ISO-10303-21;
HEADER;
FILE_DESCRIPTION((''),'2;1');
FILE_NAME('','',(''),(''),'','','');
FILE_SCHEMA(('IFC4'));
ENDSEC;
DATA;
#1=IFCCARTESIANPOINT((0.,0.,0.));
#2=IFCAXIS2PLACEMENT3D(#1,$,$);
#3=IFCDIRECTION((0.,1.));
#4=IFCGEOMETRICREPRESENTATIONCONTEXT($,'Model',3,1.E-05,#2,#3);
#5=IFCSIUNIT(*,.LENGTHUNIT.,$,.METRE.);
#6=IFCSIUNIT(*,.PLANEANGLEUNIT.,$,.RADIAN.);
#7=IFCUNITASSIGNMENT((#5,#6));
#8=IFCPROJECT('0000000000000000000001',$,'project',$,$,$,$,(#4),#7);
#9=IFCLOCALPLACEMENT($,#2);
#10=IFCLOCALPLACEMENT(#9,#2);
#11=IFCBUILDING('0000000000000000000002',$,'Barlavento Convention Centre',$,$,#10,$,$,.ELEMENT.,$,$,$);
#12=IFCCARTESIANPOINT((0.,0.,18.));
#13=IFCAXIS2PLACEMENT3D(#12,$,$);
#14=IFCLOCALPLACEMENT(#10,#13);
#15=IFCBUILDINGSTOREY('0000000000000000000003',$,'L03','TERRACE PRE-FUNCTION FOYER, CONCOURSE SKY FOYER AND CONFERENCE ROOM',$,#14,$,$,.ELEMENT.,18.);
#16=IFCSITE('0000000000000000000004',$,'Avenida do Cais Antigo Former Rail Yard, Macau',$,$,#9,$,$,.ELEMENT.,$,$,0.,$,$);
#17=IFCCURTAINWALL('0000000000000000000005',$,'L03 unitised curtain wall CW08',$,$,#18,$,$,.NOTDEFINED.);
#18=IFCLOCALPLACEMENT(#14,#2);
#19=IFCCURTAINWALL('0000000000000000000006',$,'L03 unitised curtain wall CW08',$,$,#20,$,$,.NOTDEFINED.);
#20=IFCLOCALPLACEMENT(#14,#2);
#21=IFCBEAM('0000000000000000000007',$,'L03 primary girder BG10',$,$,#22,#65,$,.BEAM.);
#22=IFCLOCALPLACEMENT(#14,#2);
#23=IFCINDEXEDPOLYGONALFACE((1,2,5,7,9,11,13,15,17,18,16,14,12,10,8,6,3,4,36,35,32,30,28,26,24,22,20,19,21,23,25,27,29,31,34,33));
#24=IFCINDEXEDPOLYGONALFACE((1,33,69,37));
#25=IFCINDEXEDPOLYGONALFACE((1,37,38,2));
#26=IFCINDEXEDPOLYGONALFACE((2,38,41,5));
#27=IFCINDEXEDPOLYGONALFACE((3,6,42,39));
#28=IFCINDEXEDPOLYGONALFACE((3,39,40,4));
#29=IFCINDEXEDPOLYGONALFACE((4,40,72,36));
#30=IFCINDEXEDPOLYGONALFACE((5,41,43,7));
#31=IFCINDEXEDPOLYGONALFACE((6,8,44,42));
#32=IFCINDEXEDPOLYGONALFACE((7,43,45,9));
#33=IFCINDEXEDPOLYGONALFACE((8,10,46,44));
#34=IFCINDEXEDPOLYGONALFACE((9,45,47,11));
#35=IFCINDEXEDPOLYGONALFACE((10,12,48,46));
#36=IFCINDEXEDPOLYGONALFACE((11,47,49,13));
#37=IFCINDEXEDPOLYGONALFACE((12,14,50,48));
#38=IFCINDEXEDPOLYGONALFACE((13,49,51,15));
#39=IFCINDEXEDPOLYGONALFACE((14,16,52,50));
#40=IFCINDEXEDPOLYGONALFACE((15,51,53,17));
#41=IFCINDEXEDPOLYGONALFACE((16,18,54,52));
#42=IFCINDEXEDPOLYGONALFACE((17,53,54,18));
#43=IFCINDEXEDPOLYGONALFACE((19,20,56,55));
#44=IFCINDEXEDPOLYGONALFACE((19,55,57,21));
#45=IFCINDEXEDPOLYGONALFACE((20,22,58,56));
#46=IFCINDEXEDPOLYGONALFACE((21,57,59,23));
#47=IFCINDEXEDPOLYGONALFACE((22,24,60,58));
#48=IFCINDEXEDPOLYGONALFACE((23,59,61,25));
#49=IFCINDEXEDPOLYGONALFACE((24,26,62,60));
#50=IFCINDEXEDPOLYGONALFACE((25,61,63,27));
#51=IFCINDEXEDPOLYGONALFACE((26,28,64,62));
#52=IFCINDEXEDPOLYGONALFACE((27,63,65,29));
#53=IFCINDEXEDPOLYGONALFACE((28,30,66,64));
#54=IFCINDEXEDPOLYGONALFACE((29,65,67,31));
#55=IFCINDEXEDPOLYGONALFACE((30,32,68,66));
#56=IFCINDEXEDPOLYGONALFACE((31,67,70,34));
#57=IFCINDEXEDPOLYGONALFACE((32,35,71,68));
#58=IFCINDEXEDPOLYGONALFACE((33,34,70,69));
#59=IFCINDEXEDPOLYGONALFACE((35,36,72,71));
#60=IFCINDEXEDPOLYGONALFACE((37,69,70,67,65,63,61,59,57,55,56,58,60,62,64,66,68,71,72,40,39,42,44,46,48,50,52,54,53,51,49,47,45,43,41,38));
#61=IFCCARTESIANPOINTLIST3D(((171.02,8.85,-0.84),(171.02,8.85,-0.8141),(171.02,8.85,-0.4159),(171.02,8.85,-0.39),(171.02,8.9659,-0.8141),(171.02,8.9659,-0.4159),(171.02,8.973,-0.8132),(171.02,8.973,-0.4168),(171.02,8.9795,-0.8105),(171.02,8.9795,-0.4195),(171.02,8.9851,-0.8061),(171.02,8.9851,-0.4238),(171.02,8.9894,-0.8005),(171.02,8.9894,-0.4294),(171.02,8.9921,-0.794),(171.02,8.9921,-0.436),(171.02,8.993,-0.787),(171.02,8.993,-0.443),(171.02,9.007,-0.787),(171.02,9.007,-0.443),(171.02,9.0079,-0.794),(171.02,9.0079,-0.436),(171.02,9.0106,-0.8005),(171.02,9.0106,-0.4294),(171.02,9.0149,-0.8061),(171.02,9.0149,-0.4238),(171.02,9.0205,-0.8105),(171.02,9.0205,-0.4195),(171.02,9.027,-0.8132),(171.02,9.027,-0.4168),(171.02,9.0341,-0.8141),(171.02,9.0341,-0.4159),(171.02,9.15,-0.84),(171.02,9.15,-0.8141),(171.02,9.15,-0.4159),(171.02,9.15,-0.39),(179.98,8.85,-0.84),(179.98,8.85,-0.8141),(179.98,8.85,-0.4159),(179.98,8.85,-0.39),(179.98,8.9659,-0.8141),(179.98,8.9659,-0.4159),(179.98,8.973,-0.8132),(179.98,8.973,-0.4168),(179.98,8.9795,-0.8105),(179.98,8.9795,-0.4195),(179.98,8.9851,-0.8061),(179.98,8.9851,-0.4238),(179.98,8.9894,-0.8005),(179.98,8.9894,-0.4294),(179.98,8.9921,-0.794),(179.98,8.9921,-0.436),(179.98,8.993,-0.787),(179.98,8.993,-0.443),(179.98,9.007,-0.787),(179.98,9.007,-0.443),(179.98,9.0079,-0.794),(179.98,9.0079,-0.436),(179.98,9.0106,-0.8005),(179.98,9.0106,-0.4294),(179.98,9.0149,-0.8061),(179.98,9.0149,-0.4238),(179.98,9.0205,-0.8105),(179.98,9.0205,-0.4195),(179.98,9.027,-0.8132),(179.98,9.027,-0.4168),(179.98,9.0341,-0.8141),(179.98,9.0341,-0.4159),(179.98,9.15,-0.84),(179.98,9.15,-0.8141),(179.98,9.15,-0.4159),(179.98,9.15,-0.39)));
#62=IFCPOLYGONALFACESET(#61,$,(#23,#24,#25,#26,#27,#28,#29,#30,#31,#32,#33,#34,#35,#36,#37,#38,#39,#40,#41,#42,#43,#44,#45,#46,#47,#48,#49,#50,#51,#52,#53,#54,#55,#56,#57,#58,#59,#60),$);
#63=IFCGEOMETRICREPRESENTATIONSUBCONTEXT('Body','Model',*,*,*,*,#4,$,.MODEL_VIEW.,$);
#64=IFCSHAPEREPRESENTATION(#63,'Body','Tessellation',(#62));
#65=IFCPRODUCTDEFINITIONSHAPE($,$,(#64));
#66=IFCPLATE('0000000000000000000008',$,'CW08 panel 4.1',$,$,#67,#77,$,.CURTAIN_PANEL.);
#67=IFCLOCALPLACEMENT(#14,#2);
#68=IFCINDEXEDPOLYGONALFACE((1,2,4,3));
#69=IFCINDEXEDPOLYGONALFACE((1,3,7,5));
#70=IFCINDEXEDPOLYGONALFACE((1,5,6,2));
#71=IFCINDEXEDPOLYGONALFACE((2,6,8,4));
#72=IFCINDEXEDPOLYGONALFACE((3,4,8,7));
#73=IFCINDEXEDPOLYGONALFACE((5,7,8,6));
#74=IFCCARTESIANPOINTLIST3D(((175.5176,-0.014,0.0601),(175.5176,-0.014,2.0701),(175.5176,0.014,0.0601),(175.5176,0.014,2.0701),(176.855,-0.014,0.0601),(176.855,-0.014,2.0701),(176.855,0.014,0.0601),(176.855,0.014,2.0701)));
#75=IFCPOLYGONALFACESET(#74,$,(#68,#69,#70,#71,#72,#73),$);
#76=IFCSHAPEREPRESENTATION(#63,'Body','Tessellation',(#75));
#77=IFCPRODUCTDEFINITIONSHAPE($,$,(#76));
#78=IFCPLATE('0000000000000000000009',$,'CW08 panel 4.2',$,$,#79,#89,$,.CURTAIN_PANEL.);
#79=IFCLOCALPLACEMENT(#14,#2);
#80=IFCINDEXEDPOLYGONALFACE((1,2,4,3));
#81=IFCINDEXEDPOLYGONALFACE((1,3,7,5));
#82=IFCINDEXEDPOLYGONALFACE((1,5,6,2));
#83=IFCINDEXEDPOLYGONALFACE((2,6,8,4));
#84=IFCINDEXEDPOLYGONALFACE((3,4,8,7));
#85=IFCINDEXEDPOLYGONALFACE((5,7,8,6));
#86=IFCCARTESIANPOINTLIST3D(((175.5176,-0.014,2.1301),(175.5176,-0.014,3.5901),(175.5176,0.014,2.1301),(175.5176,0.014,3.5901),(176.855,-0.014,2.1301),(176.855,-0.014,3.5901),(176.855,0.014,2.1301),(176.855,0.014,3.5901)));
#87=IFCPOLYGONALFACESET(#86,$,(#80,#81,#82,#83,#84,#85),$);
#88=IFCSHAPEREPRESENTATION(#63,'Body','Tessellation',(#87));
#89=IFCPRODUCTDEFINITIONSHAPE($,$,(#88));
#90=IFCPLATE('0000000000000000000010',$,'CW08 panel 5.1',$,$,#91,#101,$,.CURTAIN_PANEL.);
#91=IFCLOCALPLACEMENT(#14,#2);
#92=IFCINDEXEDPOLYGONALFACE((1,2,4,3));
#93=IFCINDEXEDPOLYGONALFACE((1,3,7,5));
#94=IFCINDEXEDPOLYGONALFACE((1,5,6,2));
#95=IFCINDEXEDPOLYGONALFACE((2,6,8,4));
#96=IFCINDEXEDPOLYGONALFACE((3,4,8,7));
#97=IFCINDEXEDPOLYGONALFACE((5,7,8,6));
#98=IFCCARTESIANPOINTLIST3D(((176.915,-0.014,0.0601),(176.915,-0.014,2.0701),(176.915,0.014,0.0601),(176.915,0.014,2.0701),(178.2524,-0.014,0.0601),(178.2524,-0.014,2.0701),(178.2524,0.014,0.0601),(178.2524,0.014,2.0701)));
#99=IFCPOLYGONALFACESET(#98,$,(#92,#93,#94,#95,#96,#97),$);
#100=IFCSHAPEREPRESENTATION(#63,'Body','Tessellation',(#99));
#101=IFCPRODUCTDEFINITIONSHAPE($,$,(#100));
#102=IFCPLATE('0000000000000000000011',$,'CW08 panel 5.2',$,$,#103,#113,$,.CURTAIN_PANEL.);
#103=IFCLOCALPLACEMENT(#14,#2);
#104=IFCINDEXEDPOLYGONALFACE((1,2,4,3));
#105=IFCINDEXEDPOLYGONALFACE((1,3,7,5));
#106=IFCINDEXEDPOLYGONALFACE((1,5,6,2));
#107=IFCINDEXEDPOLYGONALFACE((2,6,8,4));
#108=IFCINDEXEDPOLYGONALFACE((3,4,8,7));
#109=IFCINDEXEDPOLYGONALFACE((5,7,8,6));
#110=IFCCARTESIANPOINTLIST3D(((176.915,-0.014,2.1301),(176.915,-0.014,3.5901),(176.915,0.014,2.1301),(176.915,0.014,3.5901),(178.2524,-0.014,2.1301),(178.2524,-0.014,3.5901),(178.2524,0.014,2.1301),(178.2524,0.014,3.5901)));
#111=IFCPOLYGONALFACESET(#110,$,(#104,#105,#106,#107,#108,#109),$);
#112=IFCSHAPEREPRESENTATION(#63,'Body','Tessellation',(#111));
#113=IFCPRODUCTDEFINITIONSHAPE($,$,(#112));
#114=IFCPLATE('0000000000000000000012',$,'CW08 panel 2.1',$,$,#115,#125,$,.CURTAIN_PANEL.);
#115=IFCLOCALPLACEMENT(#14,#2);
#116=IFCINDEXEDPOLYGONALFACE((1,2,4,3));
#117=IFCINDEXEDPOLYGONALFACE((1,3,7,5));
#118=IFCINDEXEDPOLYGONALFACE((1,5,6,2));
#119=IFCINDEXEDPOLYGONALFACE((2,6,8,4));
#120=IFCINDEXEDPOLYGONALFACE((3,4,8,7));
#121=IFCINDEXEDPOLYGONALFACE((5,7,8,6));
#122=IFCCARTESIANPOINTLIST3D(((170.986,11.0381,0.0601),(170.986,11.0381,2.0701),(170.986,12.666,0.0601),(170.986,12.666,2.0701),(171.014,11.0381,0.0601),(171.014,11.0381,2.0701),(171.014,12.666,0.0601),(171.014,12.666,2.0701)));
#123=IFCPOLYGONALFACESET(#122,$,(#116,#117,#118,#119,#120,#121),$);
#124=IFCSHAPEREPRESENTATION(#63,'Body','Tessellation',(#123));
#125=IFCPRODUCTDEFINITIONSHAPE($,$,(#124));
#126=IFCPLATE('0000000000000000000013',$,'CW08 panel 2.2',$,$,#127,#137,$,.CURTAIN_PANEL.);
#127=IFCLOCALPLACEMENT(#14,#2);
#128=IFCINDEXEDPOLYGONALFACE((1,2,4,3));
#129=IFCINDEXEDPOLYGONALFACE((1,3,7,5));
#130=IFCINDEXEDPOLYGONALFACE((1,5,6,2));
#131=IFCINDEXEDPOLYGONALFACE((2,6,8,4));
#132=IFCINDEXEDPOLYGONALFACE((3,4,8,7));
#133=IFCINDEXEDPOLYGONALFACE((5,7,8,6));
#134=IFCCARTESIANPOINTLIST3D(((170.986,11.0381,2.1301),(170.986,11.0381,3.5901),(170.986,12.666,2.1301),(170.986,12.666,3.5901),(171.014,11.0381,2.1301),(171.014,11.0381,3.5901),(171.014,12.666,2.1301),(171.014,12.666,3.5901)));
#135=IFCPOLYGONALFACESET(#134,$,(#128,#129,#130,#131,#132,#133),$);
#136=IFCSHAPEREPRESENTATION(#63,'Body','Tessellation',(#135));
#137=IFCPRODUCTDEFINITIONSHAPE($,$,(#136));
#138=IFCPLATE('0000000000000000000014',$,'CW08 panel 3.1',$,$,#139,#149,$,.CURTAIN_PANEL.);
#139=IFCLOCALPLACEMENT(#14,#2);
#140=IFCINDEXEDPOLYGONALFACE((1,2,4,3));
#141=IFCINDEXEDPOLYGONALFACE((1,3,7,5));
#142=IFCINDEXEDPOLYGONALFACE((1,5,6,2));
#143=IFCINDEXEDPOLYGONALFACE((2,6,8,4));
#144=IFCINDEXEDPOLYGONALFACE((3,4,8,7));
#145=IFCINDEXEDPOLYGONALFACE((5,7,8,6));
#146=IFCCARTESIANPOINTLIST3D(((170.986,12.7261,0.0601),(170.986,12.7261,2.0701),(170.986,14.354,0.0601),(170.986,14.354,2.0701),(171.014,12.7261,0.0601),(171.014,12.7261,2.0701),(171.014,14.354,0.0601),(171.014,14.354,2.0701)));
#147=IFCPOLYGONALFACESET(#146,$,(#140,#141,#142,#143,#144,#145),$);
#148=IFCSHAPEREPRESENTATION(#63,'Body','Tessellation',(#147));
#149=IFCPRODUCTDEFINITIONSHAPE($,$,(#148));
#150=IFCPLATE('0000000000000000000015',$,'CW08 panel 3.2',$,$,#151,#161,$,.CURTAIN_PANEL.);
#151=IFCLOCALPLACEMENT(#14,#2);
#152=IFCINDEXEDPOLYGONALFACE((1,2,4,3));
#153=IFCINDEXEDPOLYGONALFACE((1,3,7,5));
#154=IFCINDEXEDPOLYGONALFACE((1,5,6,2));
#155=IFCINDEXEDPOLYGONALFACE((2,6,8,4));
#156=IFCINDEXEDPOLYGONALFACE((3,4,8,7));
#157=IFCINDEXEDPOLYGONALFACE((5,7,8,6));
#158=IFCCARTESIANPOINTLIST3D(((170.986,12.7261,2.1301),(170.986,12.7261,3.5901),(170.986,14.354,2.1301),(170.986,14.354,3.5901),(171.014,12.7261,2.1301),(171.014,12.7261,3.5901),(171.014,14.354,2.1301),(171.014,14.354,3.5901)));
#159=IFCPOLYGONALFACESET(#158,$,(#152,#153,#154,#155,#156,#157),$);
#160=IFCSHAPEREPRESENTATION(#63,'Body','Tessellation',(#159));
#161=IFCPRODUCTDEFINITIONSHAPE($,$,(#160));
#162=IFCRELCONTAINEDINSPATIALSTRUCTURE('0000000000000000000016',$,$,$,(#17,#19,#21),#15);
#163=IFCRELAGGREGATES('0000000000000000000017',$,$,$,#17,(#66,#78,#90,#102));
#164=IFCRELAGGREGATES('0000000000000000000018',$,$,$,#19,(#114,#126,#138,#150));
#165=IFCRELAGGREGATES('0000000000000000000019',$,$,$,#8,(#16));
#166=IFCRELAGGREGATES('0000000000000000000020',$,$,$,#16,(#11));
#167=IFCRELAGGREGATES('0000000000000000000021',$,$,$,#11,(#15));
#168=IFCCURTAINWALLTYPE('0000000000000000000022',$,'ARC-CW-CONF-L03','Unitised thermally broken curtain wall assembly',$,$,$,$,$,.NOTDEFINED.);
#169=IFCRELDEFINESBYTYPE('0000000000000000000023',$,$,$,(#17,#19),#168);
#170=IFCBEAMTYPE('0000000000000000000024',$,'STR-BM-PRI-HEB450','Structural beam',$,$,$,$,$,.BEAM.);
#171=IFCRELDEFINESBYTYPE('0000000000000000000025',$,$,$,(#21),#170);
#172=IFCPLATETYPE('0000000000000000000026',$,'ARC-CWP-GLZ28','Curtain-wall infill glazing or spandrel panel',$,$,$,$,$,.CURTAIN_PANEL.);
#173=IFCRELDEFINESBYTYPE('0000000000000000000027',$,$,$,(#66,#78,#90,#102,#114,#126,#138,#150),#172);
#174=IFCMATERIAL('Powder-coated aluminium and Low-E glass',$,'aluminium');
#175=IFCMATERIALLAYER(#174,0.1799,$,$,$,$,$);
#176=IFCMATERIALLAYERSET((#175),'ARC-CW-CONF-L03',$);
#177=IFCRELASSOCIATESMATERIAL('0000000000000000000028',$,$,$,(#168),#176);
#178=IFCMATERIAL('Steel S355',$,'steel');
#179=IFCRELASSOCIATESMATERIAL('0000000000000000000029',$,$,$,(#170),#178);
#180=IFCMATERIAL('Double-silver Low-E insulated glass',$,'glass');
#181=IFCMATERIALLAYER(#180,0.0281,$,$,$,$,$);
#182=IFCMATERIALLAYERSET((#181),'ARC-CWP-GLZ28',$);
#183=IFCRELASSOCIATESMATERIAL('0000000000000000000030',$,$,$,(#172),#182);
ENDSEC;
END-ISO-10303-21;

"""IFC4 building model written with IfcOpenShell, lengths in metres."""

from ifc_helpers import new_model, si_unit, direction, frame, origin, origin_2d, place, context, subcontext, project, spatial, rectangle, i_section, extrude, material, layer, layer_set, material_profile, profile_set, type_object, element, aggregate, save


model = new_model("IFC4")

# Units and contexts
model_context = context("Model", 3, precision=1e-05, world=origin(), true_north=direction((0.0, 1.0)))
body_context = subcontext(model_context, "Body", "Model", "MODEL_VIEW")
ifc_project = project(units=[si_unit("LENGTHUNIT", "METRE"), si_unit("PLANEANGLEUNIT", "RADIAN")], contexts=[model_context])

# Site, building, storey
site_placement = place(None, origin())
site = spatial("IfcSite", under=ifc_project, at=site_placement, Name="Avenida do Cais Antigo Former Rail Yard, Macau", CompositionType="ELEMENT", RefElevation=0.0)
building_placement = place(site_placement, origin())
building = spatial("IfcBuilding", under=site, at=building_placement, Name="Barlavento Convention Centre", CompositionType="ELEMENT")
storey_placement = place(building_placement, frame((0.0, 0.0, 18.0)))
storey = spatial("IfcBuildingStorey", under=building, at=storey_placement, Name="L03", Description="TERRACE PRE-FUNCTION FOYER, CONCOURSE SKY FOYER AND CONFERENCE ROOM", CompositionType="ELEMENT", Elevation=18.0)

# Curtain walls
ifc_material_1 = material(Name="Powder-coated aluminium and Low-E glass", Category="aluminium")
ifc_layer_1 = layer(ifc_material_1, 0.1799)
ifc_layer_set_1 = layer_set([ifc_layer_1], Name="ARC-CW-CONF-L03")
curtain_wall_type = type_object("IfcCurtainWallType", Name="ARC-CW-CONF-L03", Description="Unitised thermally broken curtain wall assembly", PredefinedType="NOTDEFINED", material=ifc_layer_set_1)
curtain_wall_1_placement = place(storey_placement, origin())
curtain_wall_1 = element("IfcCurtainWall", 1, at=curtain_wall_1_placement, inside=storey, type_object=curtain_wall_type, Name="L03 unitised curtain wall CW08", PredefinedType="NOTDEFINED")
curtain_wall_2_placement = place(storey_placement, origin())
curtain_wall_2 = element("IfcCurtainWall", 2, at=curtain_wall_2_placement, inside=storey, type_object=curtain_wall_type, Name="L03 unitised curtain wall CW08", PredefinedType="NOTDEFINED")

# Beam
ifc_material_2 = material(Name="Steel S355", Category="steel")
ifc_material_profile_1 = material_profile(ifc_material_2, i_section(OverallWidth=0.3, OverallDepth=0.45, WebThickness=0.0139, FlangeThickness=0.0259, FilletRadius=0.0271, at=origin_2d()), Name="HEB 450")
ifc_profile_set_1 = profile_set([ifc_material_profile_1], Name="Steel S355")
beam_type_1 = type_object("IfcBeamType", Name="STR-BM-PRI-HEB450", Description="Structural beam", PredefinedType="BEAM", material=ifc_profile_set_1)
beam_1_placement = place(storey_placement, frame((171.02, 9.0, -0.615), z_axis=(1.0, 0.0, 0.0), x_axis=(0.0, 1.0, 0.0)))
element("IfcBeam", 3, at=beam_1_placement, inside=storey, type_object=beam_type_1, Name="L03 primary girder BG10", PredefinedType="BEAM", context=body_context, shape_type="SweptSolid", body=[
    extrude(i_section(OverallWidth=0.3, OverallDepth=0.45, WebThickness=0.0139, FlangeThickness=0.0259, FilletRadius=0.0271, at=origin_2d()), origin(), (0.0, 0.0, 1.0), 8.96),
])

# Plates
ifc_material_3 = material(Name="Double-silver Low-E insulated glass", Category="glass")
ifc_layer_2 = layer(ifc_material_3, 0.0281)
ifc_layer_set_2 = layer_set([ifc_layer_2], Name="ARC-CWP-GLZ28")
plate_type = type_object("IfcPlateType", Name="ARC-CWP-GLZ28", Description="Curtain-wall infill glazing or spandrel panel", PredefinedType="CURTAIN_PANEL", material=ifc_layer_set_2)
plate_1_placement = place(storey_placement, frame((176.1863, 0.0, 0.0601), z_axis=(0.0, 0.0, 1.0), x_axis=(1.0, 0.0, 0.0)))
plate_1 = element("IfcPlate", 4, at=plate_1_placement, type_object=plate_type, Name="CW08 panel 4.1", PredefinedType="CURTAIN_PANEL", context=body_context, shape_type="SweptSolid", body=[
    extrude(rectangle(XDim=1.3374, YDim=0.0281, at=origin_2d()), origin(), (0.0, 0.0, 1.0), 2.01),
])
plate_2_placement = place(storey_placement, frame((176.1863, 0.0, 2.1301), z_axis=(0.0, 0.0, 1.0), x_axis=(1.0, 0.0, 0.0)))
plate_2 = element("IfcPlate", 5, at=plate_2_placement, type_object=plate_type, Name="CW08 panel 4.2", PredefinedType="CURTAIN_PANEL", context=body_context, shape_type="SweptSolid", body=[
    extrude(rectangle(XDim=1.3374, YDim=0.0281, at=origin_2d()), origin(), (0.0, 0.0, 1.0), 1.46),
])
plate_3_placement = place(storey_placement, frame((177.5837, 0.0, 0.0601), z_axis=(0.0, 0.0, 1.0), x_axis=(1.0, 0.0, 0.0)))
plate_3 = element("IfcPlate", 6, at=plate_3_placement, type_object=plate_type, Name="CW08 panel 5.1", PredefinedType="CURTAIN_PANEL", context=body_context, shape_type="SweptSolid", body=[
    extrude(rectangle(XDim=1.3374, YDim=0.0281, at=origin_2d()), origin(), (0.0, 0.0, 1.0), 2.01),
])
plate_4_placement = place(storey_placement, frame((177.5837, 0.0, 2.1301), z_axis=(0.0, 0.0, 1.0), x_axis=(1.0, 0.0, 0.0)))
plate_4 = element("IfcPlate", 7, at=plate_4_placement, type_object=plate_type, Name="CW08 panel 5.2", PredefinedType="CURTAIN_PANEL", context=body_context, shape_type="SweptSolid", body=[
    extrude(rectangle(XDim=1.3374, YDim=0.0281, at=origin_2d()), origin(), (0.0, 0.0, 1.0), 1.46),
])
aggregate(curtain_wall_1, [plate_1, plate_2, plate_3, plate_4])
plate_5_placement = place(storey_placement, frame((171.0, 11.8521, 0.0601), z_axis=(0.0, 0.0, 1.0), x_axis=(0.0, 1.0, 0.0)))
plate_5 = element("IfcPlate", 8, at=plate_5_placement, type_object=plate_type, Name="CW08 panel 2.1", PredefinedType="CURTAIN_PANEL", context=body_context, shape_type="SweptSolid", body=[
    extrude(rectangle(XDim=1.6279, YDim=0.0281, at=origin_2d()), origin(), (0.0, 0.0, 1.0), 2.01),
])
plate_6_placement = place(storey_placement, frame((171.0, 11.8521, 2.1301), z_axis=(0.0, 0.0, 1.0), x_axis=(0.0, 1.0, 0.0)))
plate_6 = element("IfcPlate", 9, at=plate_6_placement, type_object=plate_type, Name="CW08 panel 2.2", PredefinedType="CURTAIN_PANEL", context=body_context, shape_type="SweptSolid", body=[
    extrude(rectangle(XDim=1.6279, YDim=0.0281, at=origin_2d()), origin(), (0.0, 0.0, 1.0), 1.46),
])
plate_7_placement = place(storey_placement, frame((171.0, 13.54, 0.0601), z_axis=(0.0, 0.0, 1.0), x_axis=(0.0, 1.0, 0.0)))
plate_7 = element("IfcPlate", 10, at=plate_7_placement, type_object=plate_type, Name="CW08 panel 3.1", PredefinedType="CURTAIN_PANEL", context=body_context, shape_type="SweptSolid", body=[
    extrude(rectangle(XDim=1.6279, YDim=0.0281, at=origin_2d()), origin(), (0.0, 0.0, 1.0), 2.01),
])
plate_8_placement = place(storey_placement, frame((171.0, 13.54, 2.1301), z_axis=(0.0, 0.0, 1.0), x_axis=(0.0, 1.0, 0.0)))
plate_8 = element("IfcPlate", 11, at=plate_8_placement, type_object=plate_type, Name="CW08 panel 3.2", PredefinedType="CURTAIN_PANEL", context=body_context, shape_type="SweptSolid", body=[
    extrude(rectangle(XDim=1.6279, YDim=0.0281, at=origin_2d()), origin(), (0.0, 0.0, 1.0), 1.46),
])
aggregate(curtain_wall_2, [plate_5, plate_6, plate_7, plate_8])

save(model, "model.ifc")
